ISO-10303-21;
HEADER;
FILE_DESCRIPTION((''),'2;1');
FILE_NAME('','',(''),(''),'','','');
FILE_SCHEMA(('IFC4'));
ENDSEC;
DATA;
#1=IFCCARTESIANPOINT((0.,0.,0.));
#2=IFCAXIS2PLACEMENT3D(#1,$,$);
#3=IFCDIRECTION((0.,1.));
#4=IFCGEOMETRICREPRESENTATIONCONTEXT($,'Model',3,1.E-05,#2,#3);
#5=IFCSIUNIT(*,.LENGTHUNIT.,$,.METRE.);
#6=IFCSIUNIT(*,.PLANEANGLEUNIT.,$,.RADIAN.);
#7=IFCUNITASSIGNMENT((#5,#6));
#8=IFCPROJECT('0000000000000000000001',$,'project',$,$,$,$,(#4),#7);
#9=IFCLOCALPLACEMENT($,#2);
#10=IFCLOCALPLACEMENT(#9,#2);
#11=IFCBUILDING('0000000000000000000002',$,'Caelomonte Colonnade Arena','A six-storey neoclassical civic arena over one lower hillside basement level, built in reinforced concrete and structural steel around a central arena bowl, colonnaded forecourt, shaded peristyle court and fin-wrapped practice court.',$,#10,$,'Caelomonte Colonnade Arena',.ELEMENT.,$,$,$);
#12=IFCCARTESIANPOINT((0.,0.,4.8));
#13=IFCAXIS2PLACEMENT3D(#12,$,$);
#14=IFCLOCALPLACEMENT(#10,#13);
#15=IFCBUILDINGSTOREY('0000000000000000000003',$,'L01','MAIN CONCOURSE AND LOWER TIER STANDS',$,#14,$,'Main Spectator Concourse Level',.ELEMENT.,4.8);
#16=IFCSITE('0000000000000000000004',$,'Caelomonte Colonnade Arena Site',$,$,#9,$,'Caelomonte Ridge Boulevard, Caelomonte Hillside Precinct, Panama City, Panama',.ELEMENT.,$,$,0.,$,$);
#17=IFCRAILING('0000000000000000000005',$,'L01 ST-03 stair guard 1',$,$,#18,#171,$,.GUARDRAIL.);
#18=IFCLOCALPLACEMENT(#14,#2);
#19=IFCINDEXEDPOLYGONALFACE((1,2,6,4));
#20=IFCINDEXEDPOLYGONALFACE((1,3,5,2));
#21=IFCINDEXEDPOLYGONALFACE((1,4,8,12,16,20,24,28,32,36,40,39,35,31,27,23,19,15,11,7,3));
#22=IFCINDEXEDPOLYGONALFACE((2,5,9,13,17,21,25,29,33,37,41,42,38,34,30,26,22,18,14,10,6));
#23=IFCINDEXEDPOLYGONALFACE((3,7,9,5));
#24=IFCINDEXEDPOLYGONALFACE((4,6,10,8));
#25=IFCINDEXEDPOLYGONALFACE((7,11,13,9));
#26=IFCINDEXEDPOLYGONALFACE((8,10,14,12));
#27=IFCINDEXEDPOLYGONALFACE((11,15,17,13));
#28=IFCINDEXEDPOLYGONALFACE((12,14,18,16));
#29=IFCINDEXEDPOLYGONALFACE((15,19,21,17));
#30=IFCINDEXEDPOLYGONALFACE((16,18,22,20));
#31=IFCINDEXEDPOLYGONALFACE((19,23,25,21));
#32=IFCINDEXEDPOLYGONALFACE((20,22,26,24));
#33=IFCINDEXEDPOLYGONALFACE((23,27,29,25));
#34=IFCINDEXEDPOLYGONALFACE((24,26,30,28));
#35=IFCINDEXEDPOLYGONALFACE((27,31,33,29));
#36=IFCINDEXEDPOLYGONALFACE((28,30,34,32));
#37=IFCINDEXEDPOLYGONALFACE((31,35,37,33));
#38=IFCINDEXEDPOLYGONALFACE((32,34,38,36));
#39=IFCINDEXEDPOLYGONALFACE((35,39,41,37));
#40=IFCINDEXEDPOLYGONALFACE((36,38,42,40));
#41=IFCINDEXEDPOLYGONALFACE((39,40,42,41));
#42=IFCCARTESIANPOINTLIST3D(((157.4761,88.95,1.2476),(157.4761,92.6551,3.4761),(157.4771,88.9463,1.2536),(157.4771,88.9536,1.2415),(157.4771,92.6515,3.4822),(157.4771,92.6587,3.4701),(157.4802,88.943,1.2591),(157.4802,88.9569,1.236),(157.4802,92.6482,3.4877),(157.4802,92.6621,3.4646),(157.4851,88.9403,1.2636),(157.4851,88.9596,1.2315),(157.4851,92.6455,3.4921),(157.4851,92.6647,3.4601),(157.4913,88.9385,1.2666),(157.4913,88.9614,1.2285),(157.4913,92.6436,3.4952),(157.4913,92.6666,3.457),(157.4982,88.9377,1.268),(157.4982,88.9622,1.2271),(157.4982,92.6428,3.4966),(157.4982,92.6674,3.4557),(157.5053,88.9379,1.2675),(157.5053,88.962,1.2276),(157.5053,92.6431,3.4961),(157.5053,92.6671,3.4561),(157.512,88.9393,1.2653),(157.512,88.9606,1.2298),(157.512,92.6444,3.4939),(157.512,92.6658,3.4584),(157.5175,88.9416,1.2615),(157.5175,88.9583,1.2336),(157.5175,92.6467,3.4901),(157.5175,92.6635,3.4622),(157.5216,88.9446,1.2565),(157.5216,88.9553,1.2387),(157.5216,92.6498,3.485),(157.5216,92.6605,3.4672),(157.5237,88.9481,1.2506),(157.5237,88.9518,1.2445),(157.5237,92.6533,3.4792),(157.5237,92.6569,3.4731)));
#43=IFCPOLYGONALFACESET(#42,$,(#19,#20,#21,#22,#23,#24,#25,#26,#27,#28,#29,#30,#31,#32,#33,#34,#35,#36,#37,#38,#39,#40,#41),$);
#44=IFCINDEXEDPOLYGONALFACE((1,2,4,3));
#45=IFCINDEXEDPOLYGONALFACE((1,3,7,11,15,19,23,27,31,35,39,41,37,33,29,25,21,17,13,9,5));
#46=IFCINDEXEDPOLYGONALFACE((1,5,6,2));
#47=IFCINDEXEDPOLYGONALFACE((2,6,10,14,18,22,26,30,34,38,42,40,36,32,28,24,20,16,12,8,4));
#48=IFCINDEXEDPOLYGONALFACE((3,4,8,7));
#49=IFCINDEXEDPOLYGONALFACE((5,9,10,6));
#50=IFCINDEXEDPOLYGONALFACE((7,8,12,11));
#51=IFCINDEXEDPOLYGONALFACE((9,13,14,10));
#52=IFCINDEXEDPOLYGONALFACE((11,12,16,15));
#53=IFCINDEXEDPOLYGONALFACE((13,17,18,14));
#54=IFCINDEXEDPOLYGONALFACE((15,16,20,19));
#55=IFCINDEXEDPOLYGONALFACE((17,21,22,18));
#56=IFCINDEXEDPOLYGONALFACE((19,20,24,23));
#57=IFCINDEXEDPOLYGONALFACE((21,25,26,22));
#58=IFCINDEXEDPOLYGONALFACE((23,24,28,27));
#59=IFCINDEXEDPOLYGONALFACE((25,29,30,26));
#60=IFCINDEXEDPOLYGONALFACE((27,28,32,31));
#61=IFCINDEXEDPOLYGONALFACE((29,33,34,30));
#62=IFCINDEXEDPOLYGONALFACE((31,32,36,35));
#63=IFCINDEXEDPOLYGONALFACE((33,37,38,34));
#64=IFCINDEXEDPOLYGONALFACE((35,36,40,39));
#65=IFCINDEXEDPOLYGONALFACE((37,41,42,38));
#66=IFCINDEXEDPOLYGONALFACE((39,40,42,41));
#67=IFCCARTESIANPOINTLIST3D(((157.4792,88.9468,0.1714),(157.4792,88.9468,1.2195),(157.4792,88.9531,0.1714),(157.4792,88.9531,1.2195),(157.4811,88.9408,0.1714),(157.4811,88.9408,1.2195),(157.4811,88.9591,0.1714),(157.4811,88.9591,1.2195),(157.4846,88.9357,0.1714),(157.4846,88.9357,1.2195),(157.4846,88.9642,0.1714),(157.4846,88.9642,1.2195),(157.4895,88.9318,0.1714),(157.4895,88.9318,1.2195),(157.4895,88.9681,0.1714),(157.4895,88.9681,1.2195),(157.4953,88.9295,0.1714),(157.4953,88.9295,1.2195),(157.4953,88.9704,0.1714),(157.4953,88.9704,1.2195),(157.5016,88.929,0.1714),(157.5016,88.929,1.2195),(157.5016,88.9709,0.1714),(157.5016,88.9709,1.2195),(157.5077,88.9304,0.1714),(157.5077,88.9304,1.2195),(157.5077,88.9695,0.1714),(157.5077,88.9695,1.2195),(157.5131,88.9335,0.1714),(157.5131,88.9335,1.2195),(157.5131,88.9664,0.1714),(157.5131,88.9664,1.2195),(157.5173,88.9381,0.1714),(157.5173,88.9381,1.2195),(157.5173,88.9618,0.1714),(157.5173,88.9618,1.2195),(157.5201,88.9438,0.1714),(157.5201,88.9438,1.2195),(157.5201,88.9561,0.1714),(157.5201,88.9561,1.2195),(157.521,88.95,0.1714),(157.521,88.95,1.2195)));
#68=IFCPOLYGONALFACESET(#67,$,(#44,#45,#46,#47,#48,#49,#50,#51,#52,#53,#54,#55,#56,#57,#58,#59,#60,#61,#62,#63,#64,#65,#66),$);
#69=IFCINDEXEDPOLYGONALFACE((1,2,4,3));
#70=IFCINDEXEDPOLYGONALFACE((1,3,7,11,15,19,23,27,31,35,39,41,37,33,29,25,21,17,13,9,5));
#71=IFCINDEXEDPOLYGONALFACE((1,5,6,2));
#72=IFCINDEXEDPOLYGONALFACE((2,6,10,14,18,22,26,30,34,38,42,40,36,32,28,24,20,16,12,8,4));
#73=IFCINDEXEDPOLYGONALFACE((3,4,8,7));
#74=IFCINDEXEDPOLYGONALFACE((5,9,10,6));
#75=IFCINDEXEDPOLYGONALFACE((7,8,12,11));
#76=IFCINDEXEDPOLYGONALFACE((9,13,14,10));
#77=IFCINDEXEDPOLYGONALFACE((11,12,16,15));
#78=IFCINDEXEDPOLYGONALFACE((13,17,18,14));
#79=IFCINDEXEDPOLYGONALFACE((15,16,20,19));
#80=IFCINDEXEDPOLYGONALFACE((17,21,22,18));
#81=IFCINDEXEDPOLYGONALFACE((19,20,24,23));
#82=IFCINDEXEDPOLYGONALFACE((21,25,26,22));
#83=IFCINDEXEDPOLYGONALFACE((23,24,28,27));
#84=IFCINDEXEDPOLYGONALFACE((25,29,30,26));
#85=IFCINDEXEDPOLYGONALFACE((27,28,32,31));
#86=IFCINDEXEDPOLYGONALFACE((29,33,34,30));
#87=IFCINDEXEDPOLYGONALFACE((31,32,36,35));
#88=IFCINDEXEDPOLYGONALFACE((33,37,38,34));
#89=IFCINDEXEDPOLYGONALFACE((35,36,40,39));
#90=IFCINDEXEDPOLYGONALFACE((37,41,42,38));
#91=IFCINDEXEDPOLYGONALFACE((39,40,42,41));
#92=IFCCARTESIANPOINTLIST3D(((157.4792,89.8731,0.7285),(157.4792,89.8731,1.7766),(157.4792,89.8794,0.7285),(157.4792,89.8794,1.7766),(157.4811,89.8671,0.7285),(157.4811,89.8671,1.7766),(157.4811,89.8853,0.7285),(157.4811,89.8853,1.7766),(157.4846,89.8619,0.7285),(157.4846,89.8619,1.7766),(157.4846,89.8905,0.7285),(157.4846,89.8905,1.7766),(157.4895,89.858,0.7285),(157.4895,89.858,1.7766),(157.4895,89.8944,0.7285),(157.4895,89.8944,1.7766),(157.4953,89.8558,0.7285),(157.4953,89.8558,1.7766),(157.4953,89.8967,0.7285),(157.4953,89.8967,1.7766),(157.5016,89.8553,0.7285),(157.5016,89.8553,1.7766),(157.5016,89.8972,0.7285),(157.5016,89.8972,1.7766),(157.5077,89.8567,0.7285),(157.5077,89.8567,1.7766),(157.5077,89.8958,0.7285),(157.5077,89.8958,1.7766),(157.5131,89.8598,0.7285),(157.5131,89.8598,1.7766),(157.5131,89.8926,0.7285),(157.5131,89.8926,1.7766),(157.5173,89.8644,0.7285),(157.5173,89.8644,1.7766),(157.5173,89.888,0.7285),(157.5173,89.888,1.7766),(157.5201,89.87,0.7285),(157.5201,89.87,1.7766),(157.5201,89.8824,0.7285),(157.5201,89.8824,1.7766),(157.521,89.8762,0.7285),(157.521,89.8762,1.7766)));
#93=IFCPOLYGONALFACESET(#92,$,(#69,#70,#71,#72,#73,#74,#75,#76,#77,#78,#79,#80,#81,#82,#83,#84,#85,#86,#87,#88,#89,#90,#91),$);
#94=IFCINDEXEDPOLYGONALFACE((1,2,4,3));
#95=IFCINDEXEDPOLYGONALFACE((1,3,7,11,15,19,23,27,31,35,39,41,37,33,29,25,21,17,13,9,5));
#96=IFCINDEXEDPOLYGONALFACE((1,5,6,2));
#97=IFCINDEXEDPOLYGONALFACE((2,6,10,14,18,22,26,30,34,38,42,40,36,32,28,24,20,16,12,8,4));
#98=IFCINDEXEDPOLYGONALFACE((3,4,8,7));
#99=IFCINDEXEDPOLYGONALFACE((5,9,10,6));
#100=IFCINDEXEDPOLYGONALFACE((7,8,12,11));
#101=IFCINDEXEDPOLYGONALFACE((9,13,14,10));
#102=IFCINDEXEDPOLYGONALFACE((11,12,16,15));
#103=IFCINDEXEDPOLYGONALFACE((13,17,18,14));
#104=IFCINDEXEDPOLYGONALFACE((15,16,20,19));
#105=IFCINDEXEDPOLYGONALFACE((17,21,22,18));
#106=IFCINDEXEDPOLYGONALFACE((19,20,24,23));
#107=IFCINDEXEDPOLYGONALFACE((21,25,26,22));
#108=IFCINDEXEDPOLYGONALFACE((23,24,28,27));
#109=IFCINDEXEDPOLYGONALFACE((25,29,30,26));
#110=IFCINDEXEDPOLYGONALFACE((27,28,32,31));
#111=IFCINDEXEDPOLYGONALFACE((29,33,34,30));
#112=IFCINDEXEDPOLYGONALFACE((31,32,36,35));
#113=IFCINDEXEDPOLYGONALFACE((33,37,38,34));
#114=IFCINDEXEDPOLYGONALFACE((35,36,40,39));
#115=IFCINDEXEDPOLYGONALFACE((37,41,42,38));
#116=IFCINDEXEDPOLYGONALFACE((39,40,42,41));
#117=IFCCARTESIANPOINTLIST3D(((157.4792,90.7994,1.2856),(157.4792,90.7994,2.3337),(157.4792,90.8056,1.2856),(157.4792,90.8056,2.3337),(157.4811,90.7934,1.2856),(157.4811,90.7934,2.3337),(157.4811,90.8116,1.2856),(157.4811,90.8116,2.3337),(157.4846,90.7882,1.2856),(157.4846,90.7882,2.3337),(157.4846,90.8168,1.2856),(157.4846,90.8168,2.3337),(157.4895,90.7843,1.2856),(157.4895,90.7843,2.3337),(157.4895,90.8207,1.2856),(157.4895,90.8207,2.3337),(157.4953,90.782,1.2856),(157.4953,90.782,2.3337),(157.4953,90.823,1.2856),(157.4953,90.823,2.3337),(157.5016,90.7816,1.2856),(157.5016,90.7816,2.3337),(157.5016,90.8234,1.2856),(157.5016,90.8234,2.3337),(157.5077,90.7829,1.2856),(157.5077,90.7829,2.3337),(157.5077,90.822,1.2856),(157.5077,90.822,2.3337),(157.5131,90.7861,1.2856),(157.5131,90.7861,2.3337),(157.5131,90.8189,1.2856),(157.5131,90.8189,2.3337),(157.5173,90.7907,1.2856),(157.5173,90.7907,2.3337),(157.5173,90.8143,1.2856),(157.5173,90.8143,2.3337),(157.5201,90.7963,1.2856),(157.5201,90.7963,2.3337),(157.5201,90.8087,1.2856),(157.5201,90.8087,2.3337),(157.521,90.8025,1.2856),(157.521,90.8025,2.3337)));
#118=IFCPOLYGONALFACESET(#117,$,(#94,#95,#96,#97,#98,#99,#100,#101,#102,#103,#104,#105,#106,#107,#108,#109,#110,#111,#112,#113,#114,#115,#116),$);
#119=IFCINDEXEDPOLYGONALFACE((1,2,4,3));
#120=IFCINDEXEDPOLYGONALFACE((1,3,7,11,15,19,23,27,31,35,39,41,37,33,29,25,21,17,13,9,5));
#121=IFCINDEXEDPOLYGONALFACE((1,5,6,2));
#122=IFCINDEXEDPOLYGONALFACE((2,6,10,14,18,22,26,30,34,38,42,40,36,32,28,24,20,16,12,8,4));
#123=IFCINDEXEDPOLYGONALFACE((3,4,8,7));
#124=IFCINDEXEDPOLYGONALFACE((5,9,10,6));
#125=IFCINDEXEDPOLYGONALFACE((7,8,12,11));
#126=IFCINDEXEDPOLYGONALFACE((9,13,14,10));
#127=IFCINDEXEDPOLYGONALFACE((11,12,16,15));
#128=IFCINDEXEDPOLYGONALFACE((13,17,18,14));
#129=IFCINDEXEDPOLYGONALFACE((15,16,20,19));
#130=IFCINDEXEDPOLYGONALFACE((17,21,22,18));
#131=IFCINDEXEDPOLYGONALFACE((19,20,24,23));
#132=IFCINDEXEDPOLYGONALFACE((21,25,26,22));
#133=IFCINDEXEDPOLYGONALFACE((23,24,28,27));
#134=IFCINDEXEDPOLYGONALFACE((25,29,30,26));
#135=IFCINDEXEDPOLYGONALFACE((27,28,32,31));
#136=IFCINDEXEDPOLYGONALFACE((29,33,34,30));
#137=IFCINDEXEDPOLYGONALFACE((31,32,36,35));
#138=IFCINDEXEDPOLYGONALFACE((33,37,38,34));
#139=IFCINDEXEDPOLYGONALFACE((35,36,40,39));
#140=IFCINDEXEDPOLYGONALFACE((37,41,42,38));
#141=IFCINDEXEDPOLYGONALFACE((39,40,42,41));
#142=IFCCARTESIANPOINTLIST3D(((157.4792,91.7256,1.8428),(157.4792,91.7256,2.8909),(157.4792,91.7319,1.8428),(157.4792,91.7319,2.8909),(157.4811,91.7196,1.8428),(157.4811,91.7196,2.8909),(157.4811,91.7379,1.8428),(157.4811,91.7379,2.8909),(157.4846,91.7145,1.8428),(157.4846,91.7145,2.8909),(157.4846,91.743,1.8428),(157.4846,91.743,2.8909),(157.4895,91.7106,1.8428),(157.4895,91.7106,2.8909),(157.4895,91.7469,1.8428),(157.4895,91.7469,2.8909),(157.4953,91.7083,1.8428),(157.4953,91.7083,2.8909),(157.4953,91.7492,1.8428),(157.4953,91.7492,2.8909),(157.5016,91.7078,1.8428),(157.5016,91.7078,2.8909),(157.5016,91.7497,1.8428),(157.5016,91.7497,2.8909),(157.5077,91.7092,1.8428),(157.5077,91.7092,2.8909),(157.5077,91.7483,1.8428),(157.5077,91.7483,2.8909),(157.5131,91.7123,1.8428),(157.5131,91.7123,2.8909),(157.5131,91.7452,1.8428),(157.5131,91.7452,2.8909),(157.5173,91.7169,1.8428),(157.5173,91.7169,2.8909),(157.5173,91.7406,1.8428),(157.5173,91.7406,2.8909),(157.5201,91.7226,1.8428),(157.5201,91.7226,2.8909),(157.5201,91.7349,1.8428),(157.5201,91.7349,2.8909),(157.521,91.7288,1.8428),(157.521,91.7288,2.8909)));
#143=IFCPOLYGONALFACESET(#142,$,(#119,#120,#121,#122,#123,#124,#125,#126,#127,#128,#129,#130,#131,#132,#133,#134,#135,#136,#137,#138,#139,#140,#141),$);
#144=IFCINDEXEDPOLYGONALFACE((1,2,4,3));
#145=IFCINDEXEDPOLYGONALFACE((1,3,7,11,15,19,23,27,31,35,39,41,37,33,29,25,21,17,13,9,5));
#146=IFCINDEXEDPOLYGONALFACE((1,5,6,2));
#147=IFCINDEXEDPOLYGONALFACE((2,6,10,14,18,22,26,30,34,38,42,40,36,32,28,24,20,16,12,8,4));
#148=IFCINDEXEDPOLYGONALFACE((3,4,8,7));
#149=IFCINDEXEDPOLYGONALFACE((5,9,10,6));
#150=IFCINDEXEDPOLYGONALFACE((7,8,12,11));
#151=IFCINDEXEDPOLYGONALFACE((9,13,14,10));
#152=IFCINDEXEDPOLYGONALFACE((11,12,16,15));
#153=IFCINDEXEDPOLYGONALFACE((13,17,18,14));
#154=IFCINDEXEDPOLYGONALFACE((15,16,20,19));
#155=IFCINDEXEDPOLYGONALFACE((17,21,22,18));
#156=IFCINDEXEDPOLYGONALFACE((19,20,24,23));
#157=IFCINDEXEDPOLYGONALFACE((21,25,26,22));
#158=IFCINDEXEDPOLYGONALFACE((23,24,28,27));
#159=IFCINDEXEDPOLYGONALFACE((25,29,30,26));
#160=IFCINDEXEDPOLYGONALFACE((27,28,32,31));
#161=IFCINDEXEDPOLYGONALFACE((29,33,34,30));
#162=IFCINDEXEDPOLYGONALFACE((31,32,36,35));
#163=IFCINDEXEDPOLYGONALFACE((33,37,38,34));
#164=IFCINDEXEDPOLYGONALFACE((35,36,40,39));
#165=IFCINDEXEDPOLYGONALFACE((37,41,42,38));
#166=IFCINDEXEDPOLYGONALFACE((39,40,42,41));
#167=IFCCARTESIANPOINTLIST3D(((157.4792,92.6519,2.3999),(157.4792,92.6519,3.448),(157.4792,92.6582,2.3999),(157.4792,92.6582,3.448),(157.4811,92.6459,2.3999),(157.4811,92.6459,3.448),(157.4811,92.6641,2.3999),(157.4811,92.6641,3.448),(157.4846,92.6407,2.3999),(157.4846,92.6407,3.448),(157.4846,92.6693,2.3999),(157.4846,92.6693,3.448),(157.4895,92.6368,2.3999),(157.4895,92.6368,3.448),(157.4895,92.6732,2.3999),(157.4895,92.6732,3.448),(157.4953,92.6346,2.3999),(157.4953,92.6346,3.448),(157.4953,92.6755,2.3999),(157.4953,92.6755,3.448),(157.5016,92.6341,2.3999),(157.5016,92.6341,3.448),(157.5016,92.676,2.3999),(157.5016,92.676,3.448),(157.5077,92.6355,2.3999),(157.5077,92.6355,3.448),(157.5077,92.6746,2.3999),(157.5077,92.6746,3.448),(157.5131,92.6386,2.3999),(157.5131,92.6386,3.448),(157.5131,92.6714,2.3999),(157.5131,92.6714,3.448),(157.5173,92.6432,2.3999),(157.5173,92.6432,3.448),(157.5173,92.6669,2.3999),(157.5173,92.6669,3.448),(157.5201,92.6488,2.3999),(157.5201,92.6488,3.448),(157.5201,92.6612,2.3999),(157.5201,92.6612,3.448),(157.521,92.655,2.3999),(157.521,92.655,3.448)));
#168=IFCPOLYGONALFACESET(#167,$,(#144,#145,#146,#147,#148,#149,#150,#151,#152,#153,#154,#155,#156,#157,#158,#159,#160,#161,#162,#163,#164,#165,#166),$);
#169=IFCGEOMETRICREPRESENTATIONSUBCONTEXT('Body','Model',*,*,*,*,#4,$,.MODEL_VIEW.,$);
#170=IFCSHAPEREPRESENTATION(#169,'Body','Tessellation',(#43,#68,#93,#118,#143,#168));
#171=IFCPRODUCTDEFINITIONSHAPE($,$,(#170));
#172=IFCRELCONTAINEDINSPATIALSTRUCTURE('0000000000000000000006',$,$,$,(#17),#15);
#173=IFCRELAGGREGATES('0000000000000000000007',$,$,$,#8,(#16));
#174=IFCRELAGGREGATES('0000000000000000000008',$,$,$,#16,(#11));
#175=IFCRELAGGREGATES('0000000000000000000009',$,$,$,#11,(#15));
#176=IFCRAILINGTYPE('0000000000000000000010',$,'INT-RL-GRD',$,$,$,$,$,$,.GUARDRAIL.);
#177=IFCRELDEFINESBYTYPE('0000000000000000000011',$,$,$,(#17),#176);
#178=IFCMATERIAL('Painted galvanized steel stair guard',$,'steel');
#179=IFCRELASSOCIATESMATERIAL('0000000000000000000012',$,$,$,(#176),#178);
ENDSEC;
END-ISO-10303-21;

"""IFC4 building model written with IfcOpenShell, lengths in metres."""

from ifc_helpers import new_model, si_unit, direction, frame, origin, origin_2d, place, context, subcontext, project, spatial, circle, extrude, material, type_object, element, save


model = new_model("IFC4")

# Units and contexts
model_context = context("Model", 3, precision=1e-05, world=origin(), true_north=direction((0.0, 1.0)))
body_context = subcontext(model_context, "Body", "Model", "MODEL_VIEW")
ifc_project = project(units=[si_unit("LENGTHUNIT", "METRE"), si_unit("PLANEANGLEUNIT", "RADIAN")], contexts=[model_context])

# Site, building, storey
site_placement = place(None, origin())
site = spatial("IfcSite", under=ifc_project, at=site_placement, Name="Caelomonte Colonnade Arena Site", LongName="Caelomonte Ridge Boulevard, Caelomonte Hillside Precinct, Panama City, Panama", CompositionType="ELEMENT", RefElevation=0.0)
building_placement = place(site_placement, origin())
building = spatial("IfcBuilding", under=site, at=building_placement, Name="Caelomonte Colonnade Arena", Description="A six-storey neoclassical civic arena over one lower hillside basement level, built in reinforced concrete and structural steel around a central arena bowl, colonnaded forecourt, shaded peristyle court and fin-wrapped practice court.", LongName="Caelomonte Colonnade Arena", CompositionType="ELEMENT")
storey_placement = place(building_placement, frame((0.0, 0.0, 4.8)))
storey = spatial("IfcBuildingStorey", under=building, at=storey_placement, Name="L01", Description="MAIN CONCOURSE AND LOWER TIER STANDS", LongName="Main Spectator Concourse Level", CompositionType="ELEMENT", Elevation=4.8)

# Railing
ifc_material_1 = material(Name="Painted galvanized steel stair guard", Category="steel")
railing_type_1 = type_object("IfcRailingType", Name="INT-RL-GRD", PredefinedType="GUARDRAIL", material=ifc_material_1)
railing_1_placement = place(storey_placement, frame((157.5, 88.95, 0.1714)))
element("IfcRailing", 1, at=railing_1_placement, inside=storey, type_object=railing_type_1, Name="L01 ST-03 stair guard 1", PredefinedType="GUARDRAIL", context=body_context, shape_type="SweptSolid", body=[
    extrude(circle(Radius=0.0239, at=origin_2d()), frame((0.0, 0.0, 1.0762), z_axis=(0.0, 0.856934, 0.515425), x_axis=(-1.0, 0.0, 0.0)), (0.0, 0.0, 1.0), 4.3237),
    extrude(circle(Radius=0.021, at=origin_2d()), origin(), (0.0, 0.0, 1.0), 1.0481),
    extrude(circle(Radius=0.021, at=origin_2d()), frame((0.0, 0.9263, 0.5571)), (0.0, 0.0, 1.0), 1.0481),
    extrude(circle(Radius=0.021, at=origin_2d()), frame((0.0, 1.8525, 1.1143)), (0.0, 0.0, 1.0), 1.0481),
    extrude(circle(Radius=0.021, at=origin_2d()), frame((0.0, 2.7788, 1.6714)), (0.0, 0.0, 1.0), 1.0481),
    extrude(circle(Radius=0.021, at=origin_2d()), frame((0.0, 3.7051, 2.2285)), (0.0, 0.0, 1.0), 1.0481),
])

save(model, "model.ifc")
